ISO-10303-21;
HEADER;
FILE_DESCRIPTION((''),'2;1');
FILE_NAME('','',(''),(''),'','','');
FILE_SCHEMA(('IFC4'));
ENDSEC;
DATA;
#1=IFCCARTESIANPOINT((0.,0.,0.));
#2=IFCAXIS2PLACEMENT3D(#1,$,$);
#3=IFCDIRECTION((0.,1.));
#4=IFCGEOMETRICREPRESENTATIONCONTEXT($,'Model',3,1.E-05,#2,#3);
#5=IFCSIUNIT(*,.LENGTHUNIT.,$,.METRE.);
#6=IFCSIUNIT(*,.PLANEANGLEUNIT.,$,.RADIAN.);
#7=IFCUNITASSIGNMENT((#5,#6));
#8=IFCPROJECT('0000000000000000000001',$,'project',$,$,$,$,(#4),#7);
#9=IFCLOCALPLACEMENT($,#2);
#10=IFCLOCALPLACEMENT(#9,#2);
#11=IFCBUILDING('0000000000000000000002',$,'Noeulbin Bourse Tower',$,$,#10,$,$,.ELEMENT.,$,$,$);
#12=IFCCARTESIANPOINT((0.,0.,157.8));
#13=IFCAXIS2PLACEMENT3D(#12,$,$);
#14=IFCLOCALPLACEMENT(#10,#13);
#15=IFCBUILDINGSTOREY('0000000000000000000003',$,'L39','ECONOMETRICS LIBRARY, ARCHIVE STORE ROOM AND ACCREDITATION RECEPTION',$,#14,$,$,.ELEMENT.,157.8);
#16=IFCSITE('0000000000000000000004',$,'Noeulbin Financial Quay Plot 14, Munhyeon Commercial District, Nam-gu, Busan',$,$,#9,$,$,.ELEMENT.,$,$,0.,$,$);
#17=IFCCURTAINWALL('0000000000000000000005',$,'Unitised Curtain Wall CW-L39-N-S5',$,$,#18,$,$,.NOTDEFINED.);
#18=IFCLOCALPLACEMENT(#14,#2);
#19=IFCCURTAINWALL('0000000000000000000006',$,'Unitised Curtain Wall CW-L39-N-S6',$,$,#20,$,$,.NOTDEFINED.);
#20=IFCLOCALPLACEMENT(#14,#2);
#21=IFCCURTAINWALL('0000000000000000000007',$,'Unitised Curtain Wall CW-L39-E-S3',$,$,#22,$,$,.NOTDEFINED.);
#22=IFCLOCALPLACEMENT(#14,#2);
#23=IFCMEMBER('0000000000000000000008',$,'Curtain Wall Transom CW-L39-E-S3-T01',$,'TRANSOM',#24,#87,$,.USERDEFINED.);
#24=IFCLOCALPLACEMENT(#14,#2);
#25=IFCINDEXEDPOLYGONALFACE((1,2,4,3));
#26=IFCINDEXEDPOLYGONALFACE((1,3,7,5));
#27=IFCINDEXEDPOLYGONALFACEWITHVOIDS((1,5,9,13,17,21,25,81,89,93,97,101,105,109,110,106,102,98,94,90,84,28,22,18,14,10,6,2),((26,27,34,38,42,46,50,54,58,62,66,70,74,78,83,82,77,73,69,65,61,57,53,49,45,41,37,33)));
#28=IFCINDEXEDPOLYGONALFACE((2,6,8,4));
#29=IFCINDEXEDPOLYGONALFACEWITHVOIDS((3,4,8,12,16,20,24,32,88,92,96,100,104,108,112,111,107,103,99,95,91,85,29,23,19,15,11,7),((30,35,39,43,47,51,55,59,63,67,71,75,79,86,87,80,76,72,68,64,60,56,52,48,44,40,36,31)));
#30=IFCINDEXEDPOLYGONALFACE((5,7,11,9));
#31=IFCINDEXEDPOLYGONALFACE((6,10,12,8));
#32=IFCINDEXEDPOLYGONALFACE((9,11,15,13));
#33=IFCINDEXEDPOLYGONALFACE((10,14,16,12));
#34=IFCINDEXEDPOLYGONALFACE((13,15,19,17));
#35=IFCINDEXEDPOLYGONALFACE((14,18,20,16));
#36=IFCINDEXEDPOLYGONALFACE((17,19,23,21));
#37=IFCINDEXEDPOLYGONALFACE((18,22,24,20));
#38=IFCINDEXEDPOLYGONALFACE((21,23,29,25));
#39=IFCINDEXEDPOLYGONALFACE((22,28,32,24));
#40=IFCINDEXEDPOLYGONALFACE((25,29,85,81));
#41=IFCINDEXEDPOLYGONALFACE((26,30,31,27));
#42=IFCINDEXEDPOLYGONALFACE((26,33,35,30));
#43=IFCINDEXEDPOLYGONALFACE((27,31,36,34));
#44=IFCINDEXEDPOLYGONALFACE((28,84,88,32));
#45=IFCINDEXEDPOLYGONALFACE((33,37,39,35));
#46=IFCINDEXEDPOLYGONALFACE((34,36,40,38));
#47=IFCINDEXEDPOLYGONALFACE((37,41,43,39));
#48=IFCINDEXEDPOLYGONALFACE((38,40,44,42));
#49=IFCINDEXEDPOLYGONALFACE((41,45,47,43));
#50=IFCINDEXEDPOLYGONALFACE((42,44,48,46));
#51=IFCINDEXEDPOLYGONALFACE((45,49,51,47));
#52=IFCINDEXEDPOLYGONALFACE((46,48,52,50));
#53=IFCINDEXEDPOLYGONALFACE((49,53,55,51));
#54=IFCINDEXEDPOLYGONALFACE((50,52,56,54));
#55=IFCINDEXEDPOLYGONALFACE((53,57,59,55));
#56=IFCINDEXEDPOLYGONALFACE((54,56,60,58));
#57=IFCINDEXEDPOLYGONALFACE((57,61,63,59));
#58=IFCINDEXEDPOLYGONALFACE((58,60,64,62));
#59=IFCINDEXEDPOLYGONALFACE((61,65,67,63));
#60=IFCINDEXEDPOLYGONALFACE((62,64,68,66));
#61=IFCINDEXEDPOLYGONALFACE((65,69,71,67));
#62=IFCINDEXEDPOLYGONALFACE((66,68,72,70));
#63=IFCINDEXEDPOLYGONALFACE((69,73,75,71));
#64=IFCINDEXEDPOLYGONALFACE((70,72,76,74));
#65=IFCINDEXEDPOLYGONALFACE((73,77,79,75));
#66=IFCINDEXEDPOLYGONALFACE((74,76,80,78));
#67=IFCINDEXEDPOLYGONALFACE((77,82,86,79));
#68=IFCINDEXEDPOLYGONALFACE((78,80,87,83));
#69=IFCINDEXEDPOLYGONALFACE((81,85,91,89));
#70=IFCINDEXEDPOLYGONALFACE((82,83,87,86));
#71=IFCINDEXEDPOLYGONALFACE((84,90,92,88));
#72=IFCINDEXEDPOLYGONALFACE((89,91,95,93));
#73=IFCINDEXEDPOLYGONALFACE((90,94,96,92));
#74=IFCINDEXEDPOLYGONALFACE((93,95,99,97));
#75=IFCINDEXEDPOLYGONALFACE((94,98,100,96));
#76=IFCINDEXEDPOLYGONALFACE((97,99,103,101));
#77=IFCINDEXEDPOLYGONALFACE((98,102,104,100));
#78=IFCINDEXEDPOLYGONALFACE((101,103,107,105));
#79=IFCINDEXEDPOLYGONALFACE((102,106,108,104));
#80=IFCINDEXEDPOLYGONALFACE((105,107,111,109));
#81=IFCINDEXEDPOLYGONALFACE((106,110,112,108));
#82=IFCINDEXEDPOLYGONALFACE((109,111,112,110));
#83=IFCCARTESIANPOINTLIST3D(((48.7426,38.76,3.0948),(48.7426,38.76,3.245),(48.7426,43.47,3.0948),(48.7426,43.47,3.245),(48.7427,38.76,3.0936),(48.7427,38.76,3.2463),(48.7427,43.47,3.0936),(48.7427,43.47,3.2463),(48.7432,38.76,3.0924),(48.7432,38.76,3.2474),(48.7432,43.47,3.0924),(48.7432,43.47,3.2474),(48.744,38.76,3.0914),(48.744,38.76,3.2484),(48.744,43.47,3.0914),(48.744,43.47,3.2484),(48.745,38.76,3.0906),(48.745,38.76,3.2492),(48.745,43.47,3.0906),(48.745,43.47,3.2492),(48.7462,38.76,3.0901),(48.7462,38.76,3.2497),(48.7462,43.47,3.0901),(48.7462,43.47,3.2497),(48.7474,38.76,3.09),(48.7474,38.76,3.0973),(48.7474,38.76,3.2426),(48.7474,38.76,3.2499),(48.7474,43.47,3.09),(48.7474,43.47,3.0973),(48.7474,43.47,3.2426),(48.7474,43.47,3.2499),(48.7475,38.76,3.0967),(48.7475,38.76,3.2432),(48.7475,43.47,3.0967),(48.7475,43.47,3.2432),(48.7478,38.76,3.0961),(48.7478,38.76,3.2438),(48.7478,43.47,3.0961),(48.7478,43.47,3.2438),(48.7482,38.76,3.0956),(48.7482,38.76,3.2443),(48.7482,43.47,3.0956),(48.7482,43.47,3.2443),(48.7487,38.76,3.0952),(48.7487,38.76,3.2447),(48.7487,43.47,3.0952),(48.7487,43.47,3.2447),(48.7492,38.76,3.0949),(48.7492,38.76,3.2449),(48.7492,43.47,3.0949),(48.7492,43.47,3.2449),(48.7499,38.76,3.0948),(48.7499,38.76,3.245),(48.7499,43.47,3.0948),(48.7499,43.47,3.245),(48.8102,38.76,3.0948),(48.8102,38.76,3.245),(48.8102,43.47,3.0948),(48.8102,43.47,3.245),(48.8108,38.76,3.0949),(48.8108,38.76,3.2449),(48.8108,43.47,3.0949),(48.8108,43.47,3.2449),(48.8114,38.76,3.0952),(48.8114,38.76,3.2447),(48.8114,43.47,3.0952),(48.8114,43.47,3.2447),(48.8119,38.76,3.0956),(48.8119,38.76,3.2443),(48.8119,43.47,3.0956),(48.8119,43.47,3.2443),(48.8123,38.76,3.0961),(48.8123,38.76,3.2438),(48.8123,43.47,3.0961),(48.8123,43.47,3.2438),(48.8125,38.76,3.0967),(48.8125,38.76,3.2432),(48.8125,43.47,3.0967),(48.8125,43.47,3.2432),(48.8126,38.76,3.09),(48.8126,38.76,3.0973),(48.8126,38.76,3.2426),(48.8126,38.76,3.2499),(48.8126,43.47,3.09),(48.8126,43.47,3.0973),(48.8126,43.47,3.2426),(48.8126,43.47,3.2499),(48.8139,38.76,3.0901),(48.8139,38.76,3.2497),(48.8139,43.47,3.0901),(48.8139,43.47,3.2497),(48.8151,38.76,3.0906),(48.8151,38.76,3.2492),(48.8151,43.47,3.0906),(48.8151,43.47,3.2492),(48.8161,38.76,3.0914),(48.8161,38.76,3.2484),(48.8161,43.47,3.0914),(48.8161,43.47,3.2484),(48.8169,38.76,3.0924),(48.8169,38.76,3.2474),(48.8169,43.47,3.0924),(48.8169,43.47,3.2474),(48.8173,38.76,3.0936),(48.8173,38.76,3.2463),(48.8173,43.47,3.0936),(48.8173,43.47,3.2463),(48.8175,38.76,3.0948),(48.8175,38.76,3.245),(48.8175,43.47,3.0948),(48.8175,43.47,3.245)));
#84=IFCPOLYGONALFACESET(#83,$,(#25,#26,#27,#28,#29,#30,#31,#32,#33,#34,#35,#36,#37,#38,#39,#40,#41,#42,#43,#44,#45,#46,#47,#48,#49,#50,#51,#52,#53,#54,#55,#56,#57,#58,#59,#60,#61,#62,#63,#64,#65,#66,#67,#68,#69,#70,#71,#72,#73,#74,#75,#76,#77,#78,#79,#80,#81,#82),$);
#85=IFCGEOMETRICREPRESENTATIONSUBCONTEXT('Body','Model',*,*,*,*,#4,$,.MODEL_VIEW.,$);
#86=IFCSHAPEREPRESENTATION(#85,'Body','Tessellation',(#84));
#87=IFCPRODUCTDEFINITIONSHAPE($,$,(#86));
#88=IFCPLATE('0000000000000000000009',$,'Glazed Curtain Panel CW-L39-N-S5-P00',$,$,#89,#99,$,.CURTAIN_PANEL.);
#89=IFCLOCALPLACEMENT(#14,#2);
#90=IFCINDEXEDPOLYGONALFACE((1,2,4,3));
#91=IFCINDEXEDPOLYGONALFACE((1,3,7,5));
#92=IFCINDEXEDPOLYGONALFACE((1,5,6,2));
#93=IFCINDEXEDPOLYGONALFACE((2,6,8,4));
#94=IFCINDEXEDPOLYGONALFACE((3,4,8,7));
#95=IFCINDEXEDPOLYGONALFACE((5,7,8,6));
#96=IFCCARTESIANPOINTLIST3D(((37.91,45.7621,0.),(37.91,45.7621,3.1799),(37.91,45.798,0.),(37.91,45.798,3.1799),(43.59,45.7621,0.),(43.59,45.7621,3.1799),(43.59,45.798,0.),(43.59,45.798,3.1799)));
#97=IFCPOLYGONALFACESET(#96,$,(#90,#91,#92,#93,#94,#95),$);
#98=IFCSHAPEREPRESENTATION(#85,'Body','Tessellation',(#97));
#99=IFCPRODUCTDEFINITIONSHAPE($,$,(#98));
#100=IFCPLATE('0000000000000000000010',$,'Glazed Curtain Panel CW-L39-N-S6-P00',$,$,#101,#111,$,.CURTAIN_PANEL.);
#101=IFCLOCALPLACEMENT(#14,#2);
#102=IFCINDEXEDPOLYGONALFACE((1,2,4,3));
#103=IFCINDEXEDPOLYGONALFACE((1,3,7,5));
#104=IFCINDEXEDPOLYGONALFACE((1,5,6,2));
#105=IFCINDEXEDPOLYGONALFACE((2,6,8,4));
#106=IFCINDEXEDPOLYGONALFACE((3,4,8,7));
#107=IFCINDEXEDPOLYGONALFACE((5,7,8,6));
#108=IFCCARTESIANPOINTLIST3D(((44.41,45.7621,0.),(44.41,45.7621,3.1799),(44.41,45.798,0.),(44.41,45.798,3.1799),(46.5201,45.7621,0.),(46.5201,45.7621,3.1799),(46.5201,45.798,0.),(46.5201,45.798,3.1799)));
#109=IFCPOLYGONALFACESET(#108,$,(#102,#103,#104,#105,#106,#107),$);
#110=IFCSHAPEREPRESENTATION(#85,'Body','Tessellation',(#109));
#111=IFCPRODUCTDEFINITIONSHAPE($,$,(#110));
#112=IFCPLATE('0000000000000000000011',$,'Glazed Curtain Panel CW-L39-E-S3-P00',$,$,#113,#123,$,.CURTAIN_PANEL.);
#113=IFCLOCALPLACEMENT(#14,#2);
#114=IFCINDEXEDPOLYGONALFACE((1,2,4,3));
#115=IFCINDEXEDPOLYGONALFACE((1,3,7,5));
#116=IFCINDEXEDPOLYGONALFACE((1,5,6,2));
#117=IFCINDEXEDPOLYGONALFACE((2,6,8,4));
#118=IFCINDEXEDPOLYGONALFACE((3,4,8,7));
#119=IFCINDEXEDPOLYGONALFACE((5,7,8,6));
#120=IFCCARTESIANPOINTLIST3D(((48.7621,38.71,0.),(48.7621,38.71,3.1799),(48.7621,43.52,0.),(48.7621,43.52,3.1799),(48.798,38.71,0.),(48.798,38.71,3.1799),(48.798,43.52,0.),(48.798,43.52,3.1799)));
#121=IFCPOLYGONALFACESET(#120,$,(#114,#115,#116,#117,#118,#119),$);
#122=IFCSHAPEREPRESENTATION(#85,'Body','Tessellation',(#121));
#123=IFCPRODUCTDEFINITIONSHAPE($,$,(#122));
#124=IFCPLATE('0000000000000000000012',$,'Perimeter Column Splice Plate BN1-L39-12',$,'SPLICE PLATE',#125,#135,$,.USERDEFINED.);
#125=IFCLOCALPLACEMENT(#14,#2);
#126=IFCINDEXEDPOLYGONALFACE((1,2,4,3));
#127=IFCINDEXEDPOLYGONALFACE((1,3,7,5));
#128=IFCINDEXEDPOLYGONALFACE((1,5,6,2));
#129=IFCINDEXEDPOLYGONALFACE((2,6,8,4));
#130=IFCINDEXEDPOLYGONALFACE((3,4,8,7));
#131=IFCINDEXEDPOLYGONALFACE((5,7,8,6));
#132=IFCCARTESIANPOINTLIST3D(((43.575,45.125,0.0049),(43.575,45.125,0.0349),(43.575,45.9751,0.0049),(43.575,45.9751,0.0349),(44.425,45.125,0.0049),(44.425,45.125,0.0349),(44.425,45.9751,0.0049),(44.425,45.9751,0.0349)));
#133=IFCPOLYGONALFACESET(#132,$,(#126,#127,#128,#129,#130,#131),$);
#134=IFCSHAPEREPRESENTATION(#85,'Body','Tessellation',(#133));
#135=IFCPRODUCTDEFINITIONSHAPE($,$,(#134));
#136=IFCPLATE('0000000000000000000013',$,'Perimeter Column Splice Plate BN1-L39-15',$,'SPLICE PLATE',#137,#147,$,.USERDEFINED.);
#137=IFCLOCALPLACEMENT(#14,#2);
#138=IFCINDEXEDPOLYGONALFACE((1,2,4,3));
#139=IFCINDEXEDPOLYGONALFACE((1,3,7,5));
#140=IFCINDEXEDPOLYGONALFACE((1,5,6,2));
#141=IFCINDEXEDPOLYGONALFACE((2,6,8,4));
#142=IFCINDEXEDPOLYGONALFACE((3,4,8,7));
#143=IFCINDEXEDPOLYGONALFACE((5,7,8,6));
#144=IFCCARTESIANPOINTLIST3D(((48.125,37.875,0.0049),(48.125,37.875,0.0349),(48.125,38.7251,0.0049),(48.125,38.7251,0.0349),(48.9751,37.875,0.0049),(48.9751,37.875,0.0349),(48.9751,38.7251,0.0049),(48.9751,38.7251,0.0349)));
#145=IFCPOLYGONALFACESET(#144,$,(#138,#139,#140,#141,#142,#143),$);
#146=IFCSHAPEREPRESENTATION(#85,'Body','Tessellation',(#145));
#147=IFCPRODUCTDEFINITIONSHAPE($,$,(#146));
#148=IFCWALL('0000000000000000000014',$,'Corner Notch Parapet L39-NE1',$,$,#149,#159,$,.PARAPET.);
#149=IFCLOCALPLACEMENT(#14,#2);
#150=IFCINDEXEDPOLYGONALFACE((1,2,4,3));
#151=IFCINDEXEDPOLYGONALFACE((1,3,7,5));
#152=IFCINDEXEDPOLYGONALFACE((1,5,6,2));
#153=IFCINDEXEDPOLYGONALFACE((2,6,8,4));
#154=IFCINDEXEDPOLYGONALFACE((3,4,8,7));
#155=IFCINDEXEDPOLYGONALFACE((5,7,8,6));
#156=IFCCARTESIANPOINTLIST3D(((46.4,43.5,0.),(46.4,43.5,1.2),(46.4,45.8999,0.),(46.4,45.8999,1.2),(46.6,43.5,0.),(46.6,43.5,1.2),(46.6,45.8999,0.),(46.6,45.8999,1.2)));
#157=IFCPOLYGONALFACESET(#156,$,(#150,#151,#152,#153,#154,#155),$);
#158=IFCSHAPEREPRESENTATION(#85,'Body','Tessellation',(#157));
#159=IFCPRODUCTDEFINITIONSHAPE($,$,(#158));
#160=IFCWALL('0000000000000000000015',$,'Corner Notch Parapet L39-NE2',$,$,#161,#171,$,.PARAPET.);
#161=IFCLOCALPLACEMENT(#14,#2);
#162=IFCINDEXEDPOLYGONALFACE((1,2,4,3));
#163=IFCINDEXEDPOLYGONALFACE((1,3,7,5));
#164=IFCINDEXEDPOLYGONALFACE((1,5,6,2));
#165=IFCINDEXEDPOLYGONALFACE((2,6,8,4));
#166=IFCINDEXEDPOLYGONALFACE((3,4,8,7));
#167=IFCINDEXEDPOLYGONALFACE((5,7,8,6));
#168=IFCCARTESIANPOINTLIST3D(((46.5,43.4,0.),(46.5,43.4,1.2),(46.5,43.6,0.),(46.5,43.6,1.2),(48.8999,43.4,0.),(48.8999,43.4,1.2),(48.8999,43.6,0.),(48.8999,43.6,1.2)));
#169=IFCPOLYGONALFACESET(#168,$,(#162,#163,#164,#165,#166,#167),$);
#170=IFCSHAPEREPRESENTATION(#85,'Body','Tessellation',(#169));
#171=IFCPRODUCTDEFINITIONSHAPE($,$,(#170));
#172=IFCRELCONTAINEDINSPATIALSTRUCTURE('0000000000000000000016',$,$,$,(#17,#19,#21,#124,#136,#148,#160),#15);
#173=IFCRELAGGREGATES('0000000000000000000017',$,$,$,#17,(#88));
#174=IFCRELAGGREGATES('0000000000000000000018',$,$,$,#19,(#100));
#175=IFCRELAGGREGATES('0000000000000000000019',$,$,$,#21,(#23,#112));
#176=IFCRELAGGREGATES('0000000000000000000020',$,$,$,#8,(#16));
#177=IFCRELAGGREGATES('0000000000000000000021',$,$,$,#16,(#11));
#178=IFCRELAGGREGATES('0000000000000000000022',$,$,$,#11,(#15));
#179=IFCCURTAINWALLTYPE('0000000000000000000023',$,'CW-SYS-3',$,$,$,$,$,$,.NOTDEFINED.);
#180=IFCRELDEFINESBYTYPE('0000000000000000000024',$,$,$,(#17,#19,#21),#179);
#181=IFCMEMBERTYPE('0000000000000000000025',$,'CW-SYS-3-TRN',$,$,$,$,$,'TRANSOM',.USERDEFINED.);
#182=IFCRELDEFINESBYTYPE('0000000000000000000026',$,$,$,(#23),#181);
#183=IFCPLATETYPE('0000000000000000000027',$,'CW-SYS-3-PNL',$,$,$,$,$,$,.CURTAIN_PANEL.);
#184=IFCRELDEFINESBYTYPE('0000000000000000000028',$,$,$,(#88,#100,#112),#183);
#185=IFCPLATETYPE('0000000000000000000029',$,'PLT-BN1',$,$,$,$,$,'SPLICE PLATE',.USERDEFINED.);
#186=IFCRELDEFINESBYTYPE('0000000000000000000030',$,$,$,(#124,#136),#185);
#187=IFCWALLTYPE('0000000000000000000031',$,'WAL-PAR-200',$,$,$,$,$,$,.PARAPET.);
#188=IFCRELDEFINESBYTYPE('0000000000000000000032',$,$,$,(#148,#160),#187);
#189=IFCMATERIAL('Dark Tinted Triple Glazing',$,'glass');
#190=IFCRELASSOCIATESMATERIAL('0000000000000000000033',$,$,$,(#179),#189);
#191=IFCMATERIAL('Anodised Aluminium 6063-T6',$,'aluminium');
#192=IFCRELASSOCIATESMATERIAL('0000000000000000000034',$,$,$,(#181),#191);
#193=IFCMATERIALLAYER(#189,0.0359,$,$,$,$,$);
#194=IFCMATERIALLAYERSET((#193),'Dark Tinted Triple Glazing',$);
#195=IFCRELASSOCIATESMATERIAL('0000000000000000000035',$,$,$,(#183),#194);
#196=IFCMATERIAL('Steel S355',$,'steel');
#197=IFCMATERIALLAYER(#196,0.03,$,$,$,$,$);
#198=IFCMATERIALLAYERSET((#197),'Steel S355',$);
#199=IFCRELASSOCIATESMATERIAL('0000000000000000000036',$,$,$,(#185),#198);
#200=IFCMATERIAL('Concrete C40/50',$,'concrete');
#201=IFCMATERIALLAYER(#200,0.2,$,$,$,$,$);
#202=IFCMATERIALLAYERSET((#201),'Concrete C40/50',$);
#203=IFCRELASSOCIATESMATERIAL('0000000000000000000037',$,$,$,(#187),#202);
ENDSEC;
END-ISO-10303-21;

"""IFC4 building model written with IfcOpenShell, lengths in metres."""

from ifc_helpers import new_model, si_unit, direction, frame, frame_2d, origin, origin_2d, place, context, subcontext, project, spatial, rectangle, hollow_rectangle, extrude, material, layer, layer_set, material_profile, profile_set, type_object, element, aggregate, save


model = new_model("IFC4")

# Units and contexts
model_context = context("Model", 3, precision=1e-05, world=origin(), true_north=direction((0.0, 1.0)))
body_context = subcontext(model_context, "Body", "Model", "MODEL_VIEW")
ifc_project = project(units=[si_unit("LENGTHUNIT", "METRE"), si_unit("PLANEANGLEUNIT", "RADIAN")], contexts=[model_context])

# Site, building, storey
site_placement = place(None, origin())
site = spatial("IfcSite", under=ifc_project, at=site_placement, Name="Noeulbin Financial Quay Plot 14, Munhyeon Commercial District, Nam-gu, Busan", CompositionType="ELEMENT", RefElevation=0.0)
building_placement = place(site_placement, origin())
building = spatial("IfcBuilding", under=site, at=building_placement, Name="Noeulbin Bourse Tower", CompositionType="ELEMENT")
storey_placement = place(building_placement, frame((0.0, 0.0, 157.8)))
storey = spatial("IfcBuildingStorey", under=building, at=storey_placement, Name="L39", Description="ECONOMETRICS LIBRARY, ARCHIVE STORE ROOM AND ACCREDITATION RECEPTION", CompositionType="ELEMENT", Elevation=157.8)

# Shared definitions
ifc_material_1 = material(Name="Steel S355", Category="steel")

# Curtain wall
ifc_material_2 = material(Name="Dark Tinted Triple Glazing", Category="glass")
curtain_wall_type = type_object("IfcCurtainWallType", Name="CW-SYS-3", PredefinedType="NOTDEFINED", material=ifc_material_2)
curtain_wall_1_placement = place(storey_placement, origin())
curtain_wall_1 = element("IfcCurtainWall", 1, at=curtain_wall_1_placement, inside=storey, type_object=curtain_wall_type, Name="Unitised Curtain Wall CW-L39-N-S5", PredefinedType="NOTDEFINED")
ifc_material_3 = material(Name="Anodised Aluminium 6063-T6", Category="aluminium")

# Curtain walls
curtain_wall_2_placement = place(storey_placement, origin())
curtain_wall_2 = element("IfcCurtainWall", 2, at=curtain_wall_2_placement, inside=storey, type_object=curtain_wall_type, Name="Unitised Curtain Wall CW-L39-N-S6", PredefinedType="NOTDEFINED")
curtain_wall_3_placement = place(storey_placement, origin())
curtain_wall_3 = element("IfcCurtainWall", 3, at=curtain_wall_3_placement, inside=storey, type_object=curtain_wall_type, Name="Unitised Curtain Wall CW-L39-E-S3", PredefinedType="NOTDEFINED")

# Member
ifc_material_profile_1 = material_profile(ifc_material_3, hollow_rectangle(XDim=0.075, YDim=0.1599, WallThickness=0.0049, InnerFilletRadius=0.0024, OuterFilletRadius=0.0049, at=origin_2d()), Name="ALU-TRAN-75x160x5", Category="LoadBearing")
ifc_profile_set_1 = profile_set([ifc_material_profile_1], Name="Anodised Aluminium 6063-T6")
member_type_1 = type_object("IfcMemberType", Name="CW-SYS-3-TRN", ElementType="TRANSOM", PredefinedType="USERDEFINED", material=ifc_profile_set_1)
member_1_placement = place(storey_placement, frame((48.78, 38.76, 3.1699), z_axis=(0.0, 1.0, 0.0), x_axis=(-1.0, 0.0, 0.0)))
member_1 = element("IfcMember", 4, at=member_1_placement, type_object=member_type_1, Name="Curtain Wall Transom CW-L39-E-S3-T01", ObjectType="TRANSOM", PredefinedType="USERDEFINED", context=body_context, shape_type="SweptSolid", body=[
    extrude(hollow_rectangle(XDim=0.075, YDim=0.1599, WallThickness=0.0049, InnerFilletRadius=0.0024, OuterFilletRadius=0.0049, at=origin_2d()), origin(), (0.0, 0.0, 1.0), 4.71),
])

# Plates
ifc_layer_1 = layer(ifc_material_2, 0.0359)
ifc_layer_set_1 = layer_set([ifc_layer_1], Name="Dark Tinted Triple Glazing")
plate_type_1 = type_object("IfcPlateType", Name="CW-SYS-3-PNL", PredefinedType="CURTAIN_PANEL", material=ifc_layer_set_1)
plate_1_placement = place(storey_placement, frame((40.75, 45.78, 0.0), z_axis=(0.0, 0.0, 1.0), x_axis=(1.0, 0.0, 0.0)))
plate_1 = element("IfcPlate", 5, at=plate_1_placement, type_object=plate_type_1, Name="Glazed Curtain Panel CW-L39-N-S5-P00", PredefinedType="CURTAIN_PANEL", context=body_context, shape_type="SweptSolid", body=[
    extrude(rectangle(XDim=5.6799, YDim=0.0359, at=origin_2d()), origin(), (0.0, 0.0, 1.0), 3.1799),
])
aggregate(curtain_wall_1, [plate_1])
plate_2_placement = place(storey_placement, frame((45.4651, 45.78, 0.0), z_axis=(0.0, 0.0, 1.0), x_axis=(1.0, 0.0, 0.0)))
plate_2 = element("IfcPlate", 6, at=plate_2_placement, type_object=plate_type_1, Name="Glazed Curtain Panel CW-L39-N-S6-P00", PredefinedType="CURTAIN_PANEL", context=body_context, shape_type="SweptSolid", body=[
    extrude(rectangle(XDim=2.1101, YDim=0.0359, at=origin_2d()), origin(), (0.0, 0.0, 1.0), 3.1799),
])
aggregate(curtain_wall_2, [plate_2])
plate_3_placement = place(storey_placement, frame((48.78, 41.115, 0.0), z_axis=(0.0, 0.0, 1.0), x_axis=(0.0, 1.0, 0.0)))
plate_3 = element("IfcPlate", 7, at=plate_3_placement, type_object=plate_type_1, Name="Glazed Curtain Panel CW-L39-E-S3-P00", PredefinedType="CURTAIN_PANEL", context=body_context, shape_type="SweptSolid", body=[
    extrude(rectangle(XDim=4.8101, YDim=0.0359, at=origin_2d()), origin(), (0.0, 0.0, 1.0), 3.1799),
])
aggregate(curtain_wall_3, [member_1, plate_3])

# Plates
ifc_layer_2 = layer(ifc_material_1, 0.03)
ifc_layer_set_2 = layer_set([ifc_layer_2], Name="Steel S355")
plate_type_2 = type_object("IfcPlateType", Name="PLT-BN1", ElementType="SPLICE PLATE", PredefinedType="USERDEFINED", material=ifc_layer_set_2)
for number, where, z_axis, x_axis, name in (
    (8, (44.0, 45.55, 0.0049), (0.0, 0.0, 1.0), (1.0, 0.0, 0.0), "Perimeter Column Splice Plate BN1-L39-12"),
    (9, (48.55, 38.3, 0.0049), (0.0, 0.0, 1.0), (1.0, 0.0, 0.0), "Perimeter Column Splice Plate BN1-L39-15"),
):
    element("IfcPlate", number, at=place(storey_placement, frame(where, z_axis=z_axis, x_axis=x_axis)), inside=storey, type_object=plate_type_2, Name=name, ObjectType="SPLICE PLATE", PredefinedType="USERDEFINED", context=body_context, shape_type="SweptSolid", body=[
        extrude(rectangle(XDim=0.8501, YDim=0.8501, at=origin_2d()), origin(), (0.0, 0.0, 1.0), 0.03),
    ])

# Walls
ifc_material_4 = material(Name="Concrete C40/50", Category="concrete")
ifc_layer_3 = layer(ifc_material_4, 0.2)
ifc_layer_set_3 = layer_set([ifc_layer_3], Name="Concrete C40/50")
wall_type_1 = type_object("IfcWallType", Name="WAL-PAR-200", PredefinedType="PARAPET", material=ifc_layer_set_3)
for number, where, z_axis, x_axis, name in (
    (10, (46.5, 45.8999, 0.0), (0.0, 0.0, 1.0), (0.0, -1.0, 0.0), "Corner Notch Parapet L39-NE1"),
    (11, (46.5, 43.5, 0.0), (0.0, 0.0, 1.0), (1.0, 0.0, 0.0), "Corner Notch Parapet L39-NE2"),
):
    element("IfcWall", number, at=place(storey_placement, frame(where, z_axis=z_axis, x_axis=x_axis)), inside=storey, type_object=wall_type_1, Name=name, PredefinedType="PARAPET", context=body_context, shape_type="SweptSolid", body=[
        extrude(rectangle(XDim=2.3999, YDim=0.2, at=frame_2d((1.2, 0.0))), origin(), (0.0, 0.0, 1.0), 1.2),
    ])

save(model, "model.ifc")
